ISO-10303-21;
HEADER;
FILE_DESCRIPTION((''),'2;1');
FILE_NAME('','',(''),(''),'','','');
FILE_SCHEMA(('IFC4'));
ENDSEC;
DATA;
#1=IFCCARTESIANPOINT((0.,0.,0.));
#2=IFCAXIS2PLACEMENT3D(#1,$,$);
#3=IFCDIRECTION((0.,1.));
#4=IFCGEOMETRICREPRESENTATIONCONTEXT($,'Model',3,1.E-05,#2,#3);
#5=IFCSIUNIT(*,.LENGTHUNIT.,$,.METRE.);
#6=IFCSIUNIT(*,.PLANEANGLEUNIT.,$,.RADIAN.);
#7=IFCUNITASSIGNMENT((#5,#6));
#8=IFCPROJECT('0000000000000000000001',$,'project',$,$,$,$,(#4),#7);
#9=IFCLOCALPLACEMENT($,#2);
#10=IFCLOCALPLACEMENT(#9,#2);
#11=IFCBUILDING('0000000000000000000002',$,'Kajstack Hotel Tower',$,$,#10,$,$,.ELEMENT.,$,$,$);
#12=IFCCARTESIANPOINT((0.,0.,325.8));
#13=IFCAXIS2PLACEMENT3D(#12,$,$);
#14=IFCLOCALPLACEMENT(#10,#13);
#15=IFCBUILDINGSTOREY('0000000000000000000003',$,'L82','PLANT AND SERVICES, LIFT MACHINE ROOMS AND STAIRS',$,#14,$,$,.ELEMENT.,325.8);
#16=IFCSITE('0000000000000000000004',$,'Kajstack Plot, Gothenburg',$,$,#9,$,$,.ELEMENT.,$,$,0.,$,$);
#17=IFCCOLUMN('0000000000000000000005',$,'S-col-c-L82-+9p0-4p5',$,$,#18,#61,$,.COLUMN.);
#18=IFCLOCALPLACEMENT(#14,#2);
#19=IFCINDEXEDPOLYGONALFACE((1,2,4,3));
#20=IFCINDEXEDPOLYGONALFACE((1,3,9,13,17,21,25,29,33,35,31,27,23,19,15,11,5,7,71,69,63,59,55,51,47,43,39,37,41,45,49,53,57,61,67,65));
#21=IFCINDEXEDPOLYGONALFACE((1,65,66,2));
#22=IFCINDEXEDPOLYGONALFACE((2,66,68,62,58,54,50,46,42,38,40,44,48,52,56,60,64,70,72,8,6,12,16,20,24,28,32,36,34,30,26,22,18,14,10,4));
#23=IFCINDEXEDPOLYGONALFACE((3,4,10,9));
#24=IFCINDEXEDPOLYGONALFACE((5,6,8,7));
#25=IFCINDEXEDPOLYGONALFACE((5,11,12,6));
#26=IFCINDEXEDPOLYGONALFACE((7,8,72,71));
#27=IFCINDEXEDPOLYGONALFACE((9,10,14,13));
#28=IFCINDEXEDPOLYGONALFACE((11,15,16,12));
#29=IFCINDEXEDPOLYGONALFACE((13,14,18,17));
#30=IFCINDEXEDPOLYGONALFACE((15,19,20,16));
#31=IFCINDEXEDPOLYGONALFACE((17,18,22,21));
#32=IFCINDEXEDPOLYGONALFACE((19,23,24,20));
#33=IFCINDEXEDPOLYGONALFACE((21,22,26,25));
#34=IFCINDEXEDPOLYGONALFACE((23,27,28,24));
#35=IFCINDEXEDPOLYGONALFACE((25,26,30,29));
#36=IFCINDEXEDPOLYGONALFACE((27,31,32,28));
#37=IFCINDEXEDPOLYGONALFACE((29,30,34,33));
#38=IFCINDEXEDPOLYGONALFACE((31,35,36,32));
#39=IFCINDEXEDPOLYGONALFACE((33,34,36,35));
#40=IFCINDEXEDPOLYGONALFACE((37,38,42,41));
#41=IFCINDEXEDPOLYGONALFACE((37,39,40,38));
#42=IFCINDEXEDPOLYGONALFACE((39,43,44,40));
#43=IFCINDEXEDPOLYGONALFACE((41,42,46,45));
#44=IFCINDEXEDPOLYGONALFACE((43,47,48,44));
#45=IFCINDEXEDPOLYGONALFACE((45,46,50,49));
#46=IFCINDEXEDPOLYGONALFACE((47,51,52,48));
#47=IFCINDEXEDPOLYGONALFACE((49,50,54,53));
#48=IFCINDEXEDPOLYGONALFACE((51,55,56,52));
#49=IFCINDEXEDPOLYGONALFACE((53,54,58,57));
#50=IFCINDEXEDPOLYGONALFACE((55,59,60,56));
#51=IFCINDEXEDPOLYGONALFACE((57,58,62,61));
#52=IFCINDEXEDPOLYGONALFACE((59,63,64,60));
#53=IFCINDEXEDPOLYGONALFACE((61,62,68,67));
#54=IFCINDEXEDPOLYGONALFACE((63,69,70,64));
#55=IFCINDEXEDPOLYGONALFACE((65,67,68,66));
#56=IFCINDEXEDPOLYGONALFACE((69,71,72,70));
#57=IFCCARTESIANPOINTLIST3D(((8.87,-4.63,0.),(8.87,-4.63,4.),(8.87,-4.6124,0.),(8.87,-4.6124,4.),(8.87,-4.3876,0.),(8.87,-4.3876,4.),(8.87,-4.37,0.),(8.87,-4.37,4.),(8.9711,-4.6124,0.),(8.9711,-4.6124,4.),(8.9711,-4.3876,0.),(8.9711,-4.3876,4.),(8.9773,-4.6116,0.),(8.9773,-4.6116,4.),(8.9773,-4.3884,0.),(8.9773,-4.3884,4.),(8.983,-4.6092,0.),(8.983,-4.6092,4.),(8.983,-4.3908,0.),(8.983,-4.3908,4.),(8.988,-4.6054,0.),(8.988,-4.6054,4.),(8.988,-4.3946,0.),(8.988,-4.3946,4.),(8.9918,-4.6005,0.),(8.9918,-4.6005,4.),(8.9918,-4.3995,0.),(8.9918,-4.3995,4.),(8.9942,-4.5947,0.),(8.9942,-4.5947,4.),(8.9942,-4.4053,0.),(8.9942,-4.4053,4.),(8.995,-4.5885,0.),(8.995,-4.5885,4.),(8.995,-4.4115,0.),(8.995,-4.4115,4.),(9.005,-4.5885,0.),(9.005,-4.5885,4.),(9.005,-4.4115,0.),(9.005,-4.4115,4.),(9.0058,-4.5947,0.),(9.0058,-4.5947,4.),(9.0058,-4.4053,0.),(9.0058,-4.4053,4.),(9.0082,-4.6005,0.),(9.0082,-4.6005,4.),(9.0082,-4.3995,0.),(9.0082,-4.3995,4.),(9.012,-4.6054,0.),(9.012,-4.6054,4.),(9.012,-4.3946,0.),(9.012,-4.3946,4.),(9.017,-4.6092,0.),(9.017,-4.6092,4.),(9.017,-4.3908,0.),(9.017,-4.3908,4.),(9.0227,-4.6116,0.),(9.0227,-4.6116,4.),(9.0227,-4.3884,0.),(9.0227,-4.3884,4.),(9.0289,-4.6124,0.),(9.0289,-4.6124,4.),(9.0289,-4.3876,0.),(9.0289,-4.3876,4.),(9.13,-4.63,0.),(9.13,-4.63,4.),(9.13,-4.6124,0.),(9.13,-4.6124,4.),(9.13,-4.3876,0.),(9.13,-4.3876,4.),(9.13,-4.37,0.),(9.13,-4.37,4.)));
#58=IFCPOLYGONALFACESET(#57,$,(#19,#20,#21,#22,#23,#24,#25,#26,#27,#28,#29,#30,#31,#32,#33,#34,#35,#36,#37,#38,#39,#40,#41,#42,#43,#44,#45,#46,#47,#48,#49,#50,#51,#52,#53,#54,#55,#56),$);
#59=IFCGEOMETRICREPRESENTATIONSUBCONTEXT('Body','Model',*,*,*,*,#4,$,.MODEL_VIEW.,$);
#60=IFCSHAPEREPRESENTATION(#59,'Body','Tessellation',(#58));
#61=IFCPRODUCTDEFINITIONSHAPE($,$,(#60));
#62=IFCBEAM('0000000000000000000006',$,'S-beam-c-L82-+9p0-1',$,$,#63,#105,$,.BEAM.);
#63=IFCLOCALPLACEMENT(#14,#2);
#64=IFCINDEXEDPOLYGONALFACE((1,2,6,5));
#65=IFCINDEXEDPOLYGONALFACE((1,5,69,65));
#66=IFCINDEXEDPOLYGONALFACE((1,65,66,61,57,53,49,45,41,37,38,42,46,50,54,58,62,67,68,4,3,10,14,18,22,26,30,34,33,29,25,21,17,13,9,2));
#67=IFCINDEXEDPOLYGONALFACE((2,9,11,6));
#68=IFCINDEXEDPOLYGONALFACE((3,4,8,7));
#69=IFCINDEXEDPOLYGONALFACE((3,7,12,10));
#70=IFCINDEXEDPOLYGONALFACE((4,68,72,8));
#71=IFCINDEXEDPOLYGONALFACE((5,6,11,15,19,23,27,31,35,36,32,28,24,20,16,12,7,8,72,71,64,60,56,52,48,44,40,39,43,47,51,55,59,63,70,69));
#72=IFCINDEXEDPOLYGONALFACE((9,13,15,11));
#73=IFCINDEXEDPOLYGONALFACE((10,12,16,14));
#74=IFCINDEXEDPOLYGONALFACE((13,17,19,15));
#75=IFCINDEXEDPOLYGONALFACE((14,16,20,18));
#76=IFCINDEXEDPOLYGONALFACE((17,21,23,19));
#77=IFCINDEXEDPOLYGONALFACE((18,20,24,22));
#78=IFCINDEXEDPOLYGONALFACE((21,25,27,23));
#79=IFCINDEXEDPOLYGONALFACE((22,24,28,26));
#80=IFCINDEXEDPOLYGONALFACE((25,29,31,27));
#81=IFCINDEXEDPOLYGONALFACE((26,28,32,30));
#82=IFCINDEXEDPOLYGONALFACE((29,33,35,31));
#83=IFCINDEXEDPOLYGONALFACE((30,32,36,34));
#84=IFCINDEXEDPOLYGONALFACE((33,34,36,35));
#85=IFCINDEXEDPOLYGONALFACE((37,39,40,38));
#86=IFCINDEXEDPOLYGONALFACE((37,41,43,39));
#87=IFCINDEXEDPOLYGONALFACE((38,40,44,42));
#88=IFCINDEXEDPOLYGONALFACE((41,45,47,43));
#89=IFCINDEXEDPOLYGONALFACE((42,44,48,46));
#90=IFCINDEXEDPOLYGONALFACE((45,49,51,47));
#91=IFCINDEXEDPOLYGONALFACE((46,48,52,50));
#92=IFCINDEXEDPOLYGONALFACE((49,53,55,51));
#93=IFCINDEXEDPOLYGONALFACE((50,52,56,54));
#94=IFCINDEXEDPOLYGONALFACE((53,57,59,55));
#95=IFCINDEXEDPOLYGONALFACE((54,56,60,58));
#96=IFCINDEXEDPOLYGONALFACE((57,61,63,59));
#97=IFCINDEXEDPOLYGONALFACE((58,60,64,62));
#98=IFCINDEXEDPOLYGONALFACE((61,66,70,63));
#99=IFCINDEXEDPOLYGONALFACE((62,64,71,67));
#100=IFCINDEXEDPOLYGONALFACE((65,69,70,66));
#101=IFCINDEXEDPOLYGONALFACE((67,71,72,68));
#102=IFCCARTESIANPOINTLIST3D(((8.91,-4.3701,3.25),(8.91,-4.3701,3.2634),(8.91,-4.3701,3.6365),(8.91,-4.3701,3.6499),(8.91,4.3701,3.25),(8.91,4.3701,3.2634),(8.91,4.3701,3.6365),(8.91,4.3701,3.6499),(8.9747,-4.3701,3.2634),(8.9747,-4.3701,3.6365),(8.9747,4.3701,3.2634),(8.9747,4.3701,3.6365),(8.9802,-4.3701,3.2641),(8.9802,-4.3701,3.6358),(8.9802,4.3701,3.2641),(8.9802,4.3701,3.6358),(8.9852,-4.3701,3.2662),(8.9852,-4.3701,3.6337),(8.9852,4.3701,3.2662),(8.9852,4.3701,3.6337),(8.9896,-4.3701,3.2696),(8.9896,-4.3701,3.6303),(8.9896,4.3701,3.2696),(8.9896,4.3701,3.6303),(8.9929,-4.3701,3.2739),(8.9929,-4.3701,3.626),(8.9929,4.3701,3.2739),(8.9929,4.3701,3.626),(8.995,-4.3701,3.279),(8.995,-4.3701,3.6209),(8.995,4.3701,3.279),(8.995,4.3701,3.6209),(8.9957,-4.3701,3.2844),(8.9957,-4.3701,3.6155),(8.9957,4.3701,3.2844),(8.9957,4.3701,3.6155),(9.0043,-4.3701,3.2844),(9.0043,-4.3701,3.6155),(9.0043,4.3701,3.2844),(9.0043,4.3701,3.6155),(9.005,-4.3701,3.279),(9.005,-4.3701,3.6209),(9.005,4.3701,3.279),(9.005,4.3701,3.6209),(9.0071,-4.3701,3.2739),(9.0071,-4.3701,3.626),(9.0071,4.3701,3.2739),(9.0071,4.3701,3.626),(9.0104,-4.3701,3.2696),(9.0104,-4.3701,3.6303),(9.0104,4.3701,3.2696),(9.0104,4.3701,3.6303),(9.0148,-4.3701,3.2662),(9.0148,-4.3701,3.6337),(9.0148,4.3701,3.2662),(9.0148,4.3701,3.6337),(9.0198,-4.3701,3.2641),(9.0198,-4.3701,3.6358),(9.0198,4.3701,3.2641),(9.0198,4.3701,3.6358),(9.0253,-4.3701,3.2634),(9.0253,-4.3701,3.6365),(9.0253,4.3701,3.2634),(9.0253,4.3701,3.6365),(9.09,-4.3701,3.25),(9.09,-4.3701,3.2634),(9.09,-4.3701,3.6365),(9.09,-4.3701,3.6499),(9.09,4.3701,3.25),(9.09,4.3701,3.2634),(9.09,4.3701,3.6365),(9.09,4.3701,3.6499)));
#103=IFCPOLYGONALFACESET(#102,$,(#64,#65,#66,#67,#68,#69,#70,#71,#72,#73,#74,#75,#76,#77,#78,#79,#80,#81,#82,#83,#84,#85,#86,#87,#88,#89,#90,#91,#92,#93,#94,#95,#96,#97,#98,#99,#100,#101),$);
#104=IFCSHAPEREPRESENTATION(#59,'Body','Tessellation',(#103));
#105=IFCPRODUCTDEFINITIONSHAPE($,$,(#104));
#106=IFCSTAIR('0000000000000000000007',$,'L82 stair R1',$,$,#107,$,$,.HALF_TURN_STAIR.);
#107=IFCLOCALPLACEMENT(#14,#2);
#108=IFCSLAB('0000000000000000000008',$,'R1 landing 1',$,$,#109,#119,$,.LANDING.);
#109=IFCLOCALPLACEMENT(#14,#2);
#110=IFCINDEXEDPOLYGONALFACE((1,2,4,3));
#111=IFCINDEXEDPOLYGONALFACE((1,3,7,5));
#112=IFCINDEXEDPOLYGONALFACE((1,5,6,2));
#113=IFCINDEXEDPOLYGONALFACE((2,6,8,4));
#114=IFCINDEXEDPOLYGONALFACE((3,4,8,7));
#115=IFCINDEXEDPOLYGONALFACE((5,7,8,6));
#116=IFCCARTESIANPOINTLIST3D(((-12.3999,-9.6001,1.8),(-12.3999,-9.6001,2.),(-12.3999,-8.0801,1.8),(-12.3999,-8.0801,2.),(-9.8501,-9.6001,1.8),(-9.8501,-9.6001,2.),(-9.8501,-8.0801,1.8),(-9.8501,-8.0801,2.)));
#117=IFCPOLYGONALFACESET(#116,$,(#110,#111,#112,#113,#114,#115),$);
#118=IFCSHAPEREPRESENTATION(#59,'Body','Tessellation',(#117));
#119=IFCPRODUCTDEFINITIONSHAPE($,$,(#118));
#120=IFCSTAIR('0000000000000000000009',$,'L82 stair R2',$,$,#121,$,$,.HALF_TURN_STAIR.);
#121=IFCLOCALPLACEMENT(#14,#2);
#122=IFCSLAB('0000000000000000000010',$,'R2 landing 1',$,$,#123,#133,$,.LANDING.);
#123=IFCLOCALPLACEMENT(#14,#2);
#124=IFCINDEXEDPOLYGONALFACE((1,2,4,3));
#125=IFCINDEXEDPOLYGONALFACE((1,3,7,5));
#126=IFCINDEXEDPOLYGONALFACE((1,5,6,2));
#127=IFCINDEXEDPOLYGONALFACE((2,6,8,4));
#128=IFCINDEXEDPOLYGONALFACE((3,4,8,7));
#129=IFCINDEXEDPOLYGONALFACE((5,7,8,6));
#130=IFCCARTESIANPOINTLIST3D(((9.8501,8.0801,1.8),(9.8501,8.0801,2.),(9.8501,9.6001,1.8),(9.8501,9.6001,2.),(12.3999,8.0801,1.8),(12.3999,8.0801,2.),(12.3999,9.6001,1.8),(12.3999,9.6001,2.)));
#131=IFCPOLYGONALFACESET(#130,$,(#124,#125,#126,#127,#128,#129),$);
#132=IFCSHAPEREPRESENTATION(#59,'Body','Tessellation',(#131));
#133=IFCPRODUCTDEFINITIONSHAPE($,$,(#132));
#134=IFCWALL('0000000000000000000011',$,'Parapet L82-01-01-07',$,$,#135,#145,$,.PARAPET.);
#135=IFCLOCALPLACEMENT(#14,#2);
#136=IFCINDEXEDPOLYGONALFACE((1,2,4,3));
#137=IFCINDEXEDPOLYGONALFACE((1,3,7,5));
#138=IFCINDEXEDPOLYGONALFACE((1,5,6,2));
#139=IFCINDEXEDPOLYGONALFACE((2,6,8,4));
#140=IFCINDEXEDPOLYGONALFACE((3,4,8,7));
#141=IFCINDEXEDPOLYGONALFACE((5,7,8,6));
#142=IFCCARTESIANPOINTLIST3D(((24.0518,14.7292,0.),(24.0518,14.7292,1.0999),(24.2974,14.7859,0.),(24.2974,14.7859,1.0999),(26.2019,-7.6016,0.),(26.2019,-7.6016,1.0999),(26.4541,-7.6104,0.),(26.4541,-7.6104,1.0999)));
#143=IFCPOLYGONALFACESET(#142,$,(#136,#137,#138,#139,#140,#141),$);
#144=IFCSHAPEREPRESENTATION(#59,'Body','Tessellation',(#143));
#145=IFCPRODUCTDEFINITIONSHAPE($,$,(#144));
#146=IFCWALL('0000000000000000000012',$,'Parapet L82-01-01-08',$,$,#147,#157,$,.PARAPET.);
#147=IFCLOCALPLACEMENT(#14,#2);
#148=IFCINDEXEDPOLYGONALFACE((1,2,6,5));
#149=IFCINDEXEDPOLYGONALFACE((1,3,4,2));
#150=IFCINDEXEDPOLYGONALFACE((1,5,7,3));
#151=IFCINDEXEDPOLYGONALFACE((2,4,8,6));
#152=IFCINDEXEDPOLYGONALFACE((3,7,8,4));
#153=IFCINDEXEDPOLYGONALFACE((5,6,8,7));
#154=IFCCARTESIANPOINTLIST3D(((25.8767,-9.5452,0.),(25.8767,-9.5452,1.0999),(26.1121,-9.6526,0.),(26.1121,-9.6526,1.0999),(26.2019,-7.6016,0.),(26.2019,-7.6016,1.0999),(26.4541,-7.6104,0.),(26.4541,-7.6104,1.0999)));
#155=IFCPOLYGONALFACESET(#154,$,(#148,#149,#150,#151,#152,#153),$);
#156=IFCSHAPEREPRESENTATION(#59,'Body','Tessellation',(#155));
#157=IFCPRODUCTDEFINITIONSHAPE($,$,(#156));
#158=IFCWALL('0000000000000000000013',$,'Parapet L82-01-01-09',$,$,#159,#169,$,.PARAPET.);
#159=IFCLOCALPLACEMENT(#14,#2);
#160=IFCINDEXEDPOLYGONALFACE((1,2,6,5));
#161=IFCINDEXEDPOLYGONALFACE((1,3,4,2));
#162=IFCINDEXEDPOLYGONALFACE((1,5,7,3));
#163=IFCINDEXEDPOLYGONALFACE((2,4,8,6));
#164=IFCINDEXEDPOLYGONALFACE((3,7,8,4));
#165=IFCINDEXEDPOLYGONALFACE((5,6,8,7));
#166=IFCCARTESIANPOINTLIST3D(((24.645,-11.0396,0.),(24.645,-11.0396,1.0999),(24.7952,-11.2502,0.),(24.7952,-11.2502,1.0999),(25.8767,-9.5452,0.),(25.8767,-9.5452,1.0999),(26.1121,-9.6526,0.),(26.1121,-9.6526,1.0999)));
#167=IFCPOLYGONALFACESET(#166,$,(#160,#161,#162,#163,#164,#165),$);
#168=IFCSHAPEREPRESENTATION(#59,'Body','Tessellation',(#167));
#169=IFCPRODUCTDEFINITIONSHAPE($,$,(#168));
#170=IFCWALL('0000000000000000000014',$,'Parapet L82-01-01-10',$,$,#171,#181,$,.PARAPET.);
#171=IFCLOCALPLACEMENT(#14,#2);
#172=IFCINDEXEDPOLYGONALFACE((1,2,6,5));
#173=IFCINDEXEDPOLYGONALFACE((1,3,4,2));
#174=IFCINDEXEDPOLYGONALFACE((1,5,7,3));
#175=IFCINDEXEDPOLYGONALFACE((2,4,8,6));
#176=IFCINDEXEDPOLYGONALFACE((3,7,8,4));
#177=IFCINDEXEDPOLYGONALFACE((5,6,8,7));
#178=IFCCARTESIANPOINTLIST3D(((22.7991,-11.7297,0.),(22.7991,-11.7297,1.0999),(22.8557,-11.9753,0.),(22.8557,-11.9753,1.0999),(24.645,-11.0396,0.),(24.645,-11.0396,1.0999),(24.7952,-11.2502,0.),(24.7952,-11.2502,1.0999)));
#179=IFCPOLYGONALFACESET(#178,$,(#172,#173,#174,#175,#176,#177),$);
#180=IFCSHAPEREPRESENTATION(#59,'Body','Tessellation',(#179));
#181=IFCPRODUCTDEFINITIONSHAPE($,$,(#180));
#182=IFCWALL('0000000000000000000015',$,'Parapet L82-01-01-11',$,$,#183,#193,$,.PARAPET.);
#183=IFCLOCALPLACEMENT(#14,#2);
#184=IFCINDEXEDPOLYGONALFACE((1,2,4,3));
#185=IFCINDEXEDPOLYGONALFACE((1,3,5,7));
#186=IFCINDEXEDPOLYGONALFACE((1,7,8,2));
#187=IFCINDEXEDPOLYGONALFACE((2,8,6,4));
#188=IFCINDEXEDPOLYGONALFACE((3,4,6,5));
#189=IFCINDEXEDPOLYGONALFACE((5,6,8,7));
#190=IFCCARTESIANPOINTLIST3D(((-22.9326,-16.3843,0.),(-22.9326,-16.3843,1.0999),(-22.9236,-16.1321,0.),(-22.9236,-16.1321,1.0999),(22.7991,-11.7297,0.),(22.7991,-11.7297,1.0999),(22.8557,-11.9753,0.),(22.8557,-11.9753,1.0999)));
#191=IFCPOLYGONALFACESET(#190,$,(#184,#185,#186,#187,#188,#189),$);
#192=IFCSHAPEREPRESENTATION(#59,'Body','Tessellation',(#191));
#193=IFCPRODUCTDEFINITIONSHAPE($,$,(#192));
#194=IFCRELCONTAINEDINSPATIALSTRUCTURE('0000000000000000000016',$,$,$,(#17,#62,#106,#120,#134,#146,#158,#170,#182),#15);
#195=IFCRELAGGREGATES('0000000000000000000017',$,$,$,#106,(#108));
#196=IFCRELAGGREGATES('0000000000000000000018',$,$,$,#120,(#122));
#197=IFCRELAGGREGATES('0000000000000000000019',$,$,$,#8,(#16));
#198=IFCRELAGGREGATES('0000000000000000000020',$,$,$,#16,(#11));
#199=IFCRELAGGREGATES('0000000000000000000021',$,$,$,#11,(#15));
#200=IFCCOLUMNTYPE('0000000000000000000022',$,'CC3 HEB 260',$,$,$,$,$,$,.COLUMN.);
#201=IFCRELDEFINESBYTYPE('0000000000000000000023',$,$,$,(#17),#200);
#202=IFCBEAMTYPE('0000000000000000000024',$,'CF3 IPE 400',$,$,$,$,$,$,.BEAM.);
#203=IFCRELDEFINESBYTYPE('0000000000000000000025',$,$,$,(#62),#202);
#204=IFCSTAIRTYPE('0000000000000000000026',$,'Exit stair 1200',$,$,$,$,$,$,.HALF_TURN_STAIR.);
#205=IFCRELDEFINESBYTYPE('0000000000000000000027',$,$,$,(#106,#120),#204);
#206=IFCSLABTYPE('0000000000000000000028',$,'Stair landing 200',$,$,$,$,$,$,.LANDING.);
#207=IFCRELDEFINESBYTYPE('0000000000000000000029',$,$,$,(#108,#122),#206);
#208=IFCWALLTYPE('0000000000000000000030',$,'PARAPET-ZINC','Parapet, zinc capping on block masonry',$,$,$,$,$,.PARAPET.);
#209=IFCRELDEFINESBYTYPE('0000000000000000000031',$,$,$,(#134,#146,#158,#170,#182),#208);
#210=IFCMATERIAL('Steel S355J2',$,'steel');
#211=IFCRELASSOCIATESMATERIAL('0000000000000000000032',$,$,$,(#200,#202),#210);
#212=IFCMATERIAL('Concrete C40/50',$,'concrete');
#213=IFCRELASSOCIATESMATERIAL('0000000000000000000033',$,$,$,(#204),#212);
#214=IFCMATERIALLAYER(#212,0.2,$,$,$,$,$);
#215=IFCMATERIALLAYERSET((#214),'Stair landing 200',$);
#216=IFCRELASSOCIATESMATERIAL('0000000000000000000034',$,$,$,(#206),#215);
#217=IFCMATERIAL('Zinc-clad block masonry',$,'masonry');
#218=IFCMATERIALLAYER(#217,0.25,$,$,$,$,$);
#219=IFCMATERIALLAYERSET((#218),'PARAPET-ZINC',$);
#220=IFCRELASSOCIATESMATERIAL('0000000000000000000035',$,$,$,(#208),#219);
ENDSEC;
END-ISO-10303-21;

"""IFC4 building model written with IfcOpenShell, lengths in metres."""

from ifc_helpers import new_model, si_unit, direction, frame, origin, origin_2d, place, context, subcontext, project, spatial, polyline, i_section, outline, extrude, material, layer, layer_set, material_profile, profile_set, type_object, element, aggregate, save


model = new_model("IFC4")

# Units and contexts
model_context = context("Model", 3, precision=1e-05, world=origin(), true_north=direction((0.0, 1.0)))
body_context = subcontext(model_context, "Body", "Model", "MODEL_VIEW")
ifc_project = project(units=[si_unit("LENGTHUNIT", "METRE"), si_unit("PLANEANGLEUNIT", "RADIAN")], contexts=[model_context])

# Site, building, storey
site_placement = place(None, origin())
site = spatial("IfcSite", under=ifc_project, at=site_placement, Name="Kajstack Plot, Gothenburg", CompositionType="ELEMENT", RefElevation=0.0)
building_placement = place(site_placement, origin())
building = spatial("IfcBuilding", under=site, at=building_placement, Name="Kajstack Hotel Tower", CompositionType="ELEMENT")
storey_placement = place(building_placement, frame((0.0, 0.0, 325.8)))
storey = spatial("IfcBuildingStorey", under=building, at=storey_placement, Name="L82", Description="PLANT AND SERVICES, LIFT MACHINE ROOMS AND STAIRS", CompositionType="ELEMENT", Elevation=325.8)

# Column
ifc_material_1 = material(Name="Steel S355J2", Category="steel")
ifc_material_profile_1 = material_profile(ifc_material_1, i_section(OverallWidth=0.26, OverallDepth=0.26, WebThickness=0.01, FlangeThickness=0.0176, FilletRadius=0.0239, at=origin_2d()), Name="HEB 260")
ifc_profile_set_1 = profile_set([ifc_material_profile_1], Name="Steel S355J2")
column_type = type_object("IfcColumnType", Name="CC3 HEB 260", PredefinedType="COLUMN", material=ifc_profile_set_1)
column_placement = place(storey_placement, frame((9.0, -4.5, 0.0), z_axis=(0.0, 0.0, 1.0), x_axis=(1.0, 0.0, 0.0)))
element("IfcColumn", 1, at=column_placement, inside=storey, type_object=column_type, Name="S-col-c-L82-+9p0-4p5", PredefinedType="COLUMN", context=body_context, shape_type="SweptSolid", body=[
    extrude(i_section(OverallWidth=0.26, OverallDepth=0.26, WebThickness=0.01, FlangeThickness=0.0176, FilletRadius=0.0239, at=origin_2d()), origin(), (0.0, 0.0, 1.0), 4.0),
])

# Beam
ifc_material_profile_2 = material_profile(ifc_material_1, i_section(OverallWidth=0.1799, OverallDepth=0.3999, WebThickness=0.0085, FlangeThickness=0.0134, FilletRadius=0.021, at=origin_2d()), Name="IPE 400")
ifc_profile_set_2 = profile_set([ifc_material_profile_2], Name="Steel S355J2")
beam_type = type_object("IfcBeamType", Name="CF3 IPE 400", PredefinedType="BEAM", material=ifc_profile_set_2)
beam_placement = place(storey_placement, frame((9.0, -4.3701, 3.45), z_axis=(0.0, 1.0, 0.0), x_axis=(-1.0, 0.0, 0.0)))
element("IfcBeam", 2, at=beam_placement, inside=storey, type_object=beam_type, Name="S-beam-c-L82-+9p0-1", PredefinedType="BEAM", context=body_context, shape_type="SweptSolid", body=[
    extrude(i_section(OverallWidth=0.1799, OverallDepth=0.3999, WebThickness=0.0085, FlangeThickness=0.0134, FilletRadius=0.021, at=origin_2d()), origin(), (0.0, 0.0, 1.0), 8.7402),
])

# Stairs, slabs
ifc_material_2 = material(Name="Concrete C40/50", Category="concrete")
stair_type = type_object("IfcStairType", Name="Exit stair 1200", PredefinedType="HALF_TURN_STAIR", material=ifc_material_2)
stair_1_placement = place(storey_placement, origin())
stair_1 = element("IfcStair", 3, at=stair_1_placement, inside=storey, type_object=stair_type, Name="L82 stair R1", PredefinedType="HALF_TURN_STAIR")
ifc_layer_1 = layer(ifc_material_2, 0.2)
ifc_layer_set_1 = layer_set([ifc_layer_1], Name="Stair landing 200")
slab_type = type_object("IfcSlabType", Name="Stair landing 200", PredefinedType="LANDING", material=ifc_layer_set_1)
slab_1_placement = place(storey_placement, frame((0.0, 0.0, 1.8)))
slab_1 = element("IfcSlab", 4, at=slab_1_placement, type_object=slab_type, Name="R1 landing 1", PredefinedType="LANDING", context=body_context, shape_type="SweptSolid", body=[
    extrude(outline(polyline([(-12.3999, -8.0801), (-12.3999, -9.6001), (-9.8501, -9.6001), (-9.8501, -8.0801), (-12.3999, -8.0801)])), origin(), (0.0, 0.0, 1.0), 0.2),
])
aggregate(stair_1, [slab_1])
stair_2_placement = place(storey_placement, origin())
stair_2 = element("IfcStair", 5, at=stair_2_placement, inside=storey, type_object=stair_type, Name="L82 stair R2", PredefinedType="HALF_TURN_STAIR")
slab_2_placement = place(storey_placement, frame((0.0, 0.0, 1.8)))
slab_2 = element("IfcSlab", 6, at=slab_2_placement, type_object=slab_type, Name="R2 landing 1", PredefinedType="LANDING", context=body_context, shape_type="SweptSolid", body=[
    extrude(outline(polyline([(12.3999, 8.0801), (12.3999, 9.6001), (9.8501, 9.6001), (9.8501, 8.0801), (12.3999, 8.0801)])), origin(), (0.0, 0.0, 1.0), 0.2),
])
aggregate(stair_2, [slab_2])

# Walls
ifc_material_3 = material(Name="Zinc-clad block masonry", Category="masonry")
ifc_layer_2 = layer(ifc_material_3, 0.25)
ifc_layer_set_2 = layer_set([ifc_layer_2], Name="PARAPET-ZINC")
wall_type_1 = type_object("IfcWallType", Name="PARAPET-ZINC", Description="Parapet, zinc capping on block masonry", PredefinedType="PARAPET", material=ifc_layer_set_2)
wall_1_placement = place(storey_placement, origin())
element("IfcWall", 7, at=wall_1_placement, inside=storey, type_object=wall_type_1, Name="Parapet L82-01-01-07", PredefinedType="PARAPET", context=body_context, shape_type="SweptSolid", body=[
    extrude(outline(polyline([(24.2974, 14.7859), (24.0518, 14.7292), (26.2019, -7.6016), (26.4541, -7.6104), (24.2974, 14.7859)])), origin(), (0.0, 0.0, 1.0), 1.0999),
])
wall_2_placement = place(storey_placement, origin())
element("IfcWall", 8, at=wall_2_placement, inside=storey, type_object=wall_type_1, Name="Parapet L82-01-01-08", PredefinedType="PARAPET", context=body_context, shape_type="SweptSolid", body=[
    extrude(outline(polyline([(26.4541, -7.6104), (26.2019, -7.6016), (25.8767, -9.5452), (26.1121, -9.6526), (26.4541, -7.6104)])), origin(), (0.0, 0.0, 1.0), 1.0999),
])
wall_3_placement = place(storey_placement, origin())
element("IfcWall", 9, at=wall_3_placement, inside=storey, type_object=wall_type_1, Name="Parapet L82-01-01-09", PredefinedType="PARAPET", context=body_context, shape_type="SweptSolid", body=[
    extrude(outline(polyline([(26.1121, -9.6526), (25.8767, -9.5452), (24.645, -11.0396), (24.7952, -11.2502), (26.1121, -9.6526)])), origin(), (0.0, 0.0, 1.0), 1.0999),
])
wall_4_placement = place(storey_placement, origin())
element("IfcWall", 10, at=wall_4_placement, inside=storey, type_object=wall_type_1, Name="Parapet L82-01-01-10", PredefinedType="PARAPET", context=body_context, shape_type="SweptSolid", body=[
    extrude(outline(polyline([(24.7952, -11.2502), (24.645, -11.0396), (22.7991, -11.7297), (22.8557, -11.9753), (24.7952, -11.2502)])), origin(), (0.0, 0.0, 1.0), 1.0999),
])
wall_5_placement = place(storey_placement, origin())
element("IfcWall", 11, at=wall_5_placement, inside=storey, type_object=wall_type_1, Name="Parapet L82-01-01-11", PredefinedType="PARAPET", context=body_context, shape_type="SweptSolid", body=[
    extrude(outline(polyline([(22.8557, -11.9753), (22.7991, -11.7297), (-22.9236, -16.1321), (-22.9326, -16.3843), (22.8557, -11.9753)])), origin(), (0.0, 0.0, 1.0), 1.0999),
])

save(model, "model.ifc")
